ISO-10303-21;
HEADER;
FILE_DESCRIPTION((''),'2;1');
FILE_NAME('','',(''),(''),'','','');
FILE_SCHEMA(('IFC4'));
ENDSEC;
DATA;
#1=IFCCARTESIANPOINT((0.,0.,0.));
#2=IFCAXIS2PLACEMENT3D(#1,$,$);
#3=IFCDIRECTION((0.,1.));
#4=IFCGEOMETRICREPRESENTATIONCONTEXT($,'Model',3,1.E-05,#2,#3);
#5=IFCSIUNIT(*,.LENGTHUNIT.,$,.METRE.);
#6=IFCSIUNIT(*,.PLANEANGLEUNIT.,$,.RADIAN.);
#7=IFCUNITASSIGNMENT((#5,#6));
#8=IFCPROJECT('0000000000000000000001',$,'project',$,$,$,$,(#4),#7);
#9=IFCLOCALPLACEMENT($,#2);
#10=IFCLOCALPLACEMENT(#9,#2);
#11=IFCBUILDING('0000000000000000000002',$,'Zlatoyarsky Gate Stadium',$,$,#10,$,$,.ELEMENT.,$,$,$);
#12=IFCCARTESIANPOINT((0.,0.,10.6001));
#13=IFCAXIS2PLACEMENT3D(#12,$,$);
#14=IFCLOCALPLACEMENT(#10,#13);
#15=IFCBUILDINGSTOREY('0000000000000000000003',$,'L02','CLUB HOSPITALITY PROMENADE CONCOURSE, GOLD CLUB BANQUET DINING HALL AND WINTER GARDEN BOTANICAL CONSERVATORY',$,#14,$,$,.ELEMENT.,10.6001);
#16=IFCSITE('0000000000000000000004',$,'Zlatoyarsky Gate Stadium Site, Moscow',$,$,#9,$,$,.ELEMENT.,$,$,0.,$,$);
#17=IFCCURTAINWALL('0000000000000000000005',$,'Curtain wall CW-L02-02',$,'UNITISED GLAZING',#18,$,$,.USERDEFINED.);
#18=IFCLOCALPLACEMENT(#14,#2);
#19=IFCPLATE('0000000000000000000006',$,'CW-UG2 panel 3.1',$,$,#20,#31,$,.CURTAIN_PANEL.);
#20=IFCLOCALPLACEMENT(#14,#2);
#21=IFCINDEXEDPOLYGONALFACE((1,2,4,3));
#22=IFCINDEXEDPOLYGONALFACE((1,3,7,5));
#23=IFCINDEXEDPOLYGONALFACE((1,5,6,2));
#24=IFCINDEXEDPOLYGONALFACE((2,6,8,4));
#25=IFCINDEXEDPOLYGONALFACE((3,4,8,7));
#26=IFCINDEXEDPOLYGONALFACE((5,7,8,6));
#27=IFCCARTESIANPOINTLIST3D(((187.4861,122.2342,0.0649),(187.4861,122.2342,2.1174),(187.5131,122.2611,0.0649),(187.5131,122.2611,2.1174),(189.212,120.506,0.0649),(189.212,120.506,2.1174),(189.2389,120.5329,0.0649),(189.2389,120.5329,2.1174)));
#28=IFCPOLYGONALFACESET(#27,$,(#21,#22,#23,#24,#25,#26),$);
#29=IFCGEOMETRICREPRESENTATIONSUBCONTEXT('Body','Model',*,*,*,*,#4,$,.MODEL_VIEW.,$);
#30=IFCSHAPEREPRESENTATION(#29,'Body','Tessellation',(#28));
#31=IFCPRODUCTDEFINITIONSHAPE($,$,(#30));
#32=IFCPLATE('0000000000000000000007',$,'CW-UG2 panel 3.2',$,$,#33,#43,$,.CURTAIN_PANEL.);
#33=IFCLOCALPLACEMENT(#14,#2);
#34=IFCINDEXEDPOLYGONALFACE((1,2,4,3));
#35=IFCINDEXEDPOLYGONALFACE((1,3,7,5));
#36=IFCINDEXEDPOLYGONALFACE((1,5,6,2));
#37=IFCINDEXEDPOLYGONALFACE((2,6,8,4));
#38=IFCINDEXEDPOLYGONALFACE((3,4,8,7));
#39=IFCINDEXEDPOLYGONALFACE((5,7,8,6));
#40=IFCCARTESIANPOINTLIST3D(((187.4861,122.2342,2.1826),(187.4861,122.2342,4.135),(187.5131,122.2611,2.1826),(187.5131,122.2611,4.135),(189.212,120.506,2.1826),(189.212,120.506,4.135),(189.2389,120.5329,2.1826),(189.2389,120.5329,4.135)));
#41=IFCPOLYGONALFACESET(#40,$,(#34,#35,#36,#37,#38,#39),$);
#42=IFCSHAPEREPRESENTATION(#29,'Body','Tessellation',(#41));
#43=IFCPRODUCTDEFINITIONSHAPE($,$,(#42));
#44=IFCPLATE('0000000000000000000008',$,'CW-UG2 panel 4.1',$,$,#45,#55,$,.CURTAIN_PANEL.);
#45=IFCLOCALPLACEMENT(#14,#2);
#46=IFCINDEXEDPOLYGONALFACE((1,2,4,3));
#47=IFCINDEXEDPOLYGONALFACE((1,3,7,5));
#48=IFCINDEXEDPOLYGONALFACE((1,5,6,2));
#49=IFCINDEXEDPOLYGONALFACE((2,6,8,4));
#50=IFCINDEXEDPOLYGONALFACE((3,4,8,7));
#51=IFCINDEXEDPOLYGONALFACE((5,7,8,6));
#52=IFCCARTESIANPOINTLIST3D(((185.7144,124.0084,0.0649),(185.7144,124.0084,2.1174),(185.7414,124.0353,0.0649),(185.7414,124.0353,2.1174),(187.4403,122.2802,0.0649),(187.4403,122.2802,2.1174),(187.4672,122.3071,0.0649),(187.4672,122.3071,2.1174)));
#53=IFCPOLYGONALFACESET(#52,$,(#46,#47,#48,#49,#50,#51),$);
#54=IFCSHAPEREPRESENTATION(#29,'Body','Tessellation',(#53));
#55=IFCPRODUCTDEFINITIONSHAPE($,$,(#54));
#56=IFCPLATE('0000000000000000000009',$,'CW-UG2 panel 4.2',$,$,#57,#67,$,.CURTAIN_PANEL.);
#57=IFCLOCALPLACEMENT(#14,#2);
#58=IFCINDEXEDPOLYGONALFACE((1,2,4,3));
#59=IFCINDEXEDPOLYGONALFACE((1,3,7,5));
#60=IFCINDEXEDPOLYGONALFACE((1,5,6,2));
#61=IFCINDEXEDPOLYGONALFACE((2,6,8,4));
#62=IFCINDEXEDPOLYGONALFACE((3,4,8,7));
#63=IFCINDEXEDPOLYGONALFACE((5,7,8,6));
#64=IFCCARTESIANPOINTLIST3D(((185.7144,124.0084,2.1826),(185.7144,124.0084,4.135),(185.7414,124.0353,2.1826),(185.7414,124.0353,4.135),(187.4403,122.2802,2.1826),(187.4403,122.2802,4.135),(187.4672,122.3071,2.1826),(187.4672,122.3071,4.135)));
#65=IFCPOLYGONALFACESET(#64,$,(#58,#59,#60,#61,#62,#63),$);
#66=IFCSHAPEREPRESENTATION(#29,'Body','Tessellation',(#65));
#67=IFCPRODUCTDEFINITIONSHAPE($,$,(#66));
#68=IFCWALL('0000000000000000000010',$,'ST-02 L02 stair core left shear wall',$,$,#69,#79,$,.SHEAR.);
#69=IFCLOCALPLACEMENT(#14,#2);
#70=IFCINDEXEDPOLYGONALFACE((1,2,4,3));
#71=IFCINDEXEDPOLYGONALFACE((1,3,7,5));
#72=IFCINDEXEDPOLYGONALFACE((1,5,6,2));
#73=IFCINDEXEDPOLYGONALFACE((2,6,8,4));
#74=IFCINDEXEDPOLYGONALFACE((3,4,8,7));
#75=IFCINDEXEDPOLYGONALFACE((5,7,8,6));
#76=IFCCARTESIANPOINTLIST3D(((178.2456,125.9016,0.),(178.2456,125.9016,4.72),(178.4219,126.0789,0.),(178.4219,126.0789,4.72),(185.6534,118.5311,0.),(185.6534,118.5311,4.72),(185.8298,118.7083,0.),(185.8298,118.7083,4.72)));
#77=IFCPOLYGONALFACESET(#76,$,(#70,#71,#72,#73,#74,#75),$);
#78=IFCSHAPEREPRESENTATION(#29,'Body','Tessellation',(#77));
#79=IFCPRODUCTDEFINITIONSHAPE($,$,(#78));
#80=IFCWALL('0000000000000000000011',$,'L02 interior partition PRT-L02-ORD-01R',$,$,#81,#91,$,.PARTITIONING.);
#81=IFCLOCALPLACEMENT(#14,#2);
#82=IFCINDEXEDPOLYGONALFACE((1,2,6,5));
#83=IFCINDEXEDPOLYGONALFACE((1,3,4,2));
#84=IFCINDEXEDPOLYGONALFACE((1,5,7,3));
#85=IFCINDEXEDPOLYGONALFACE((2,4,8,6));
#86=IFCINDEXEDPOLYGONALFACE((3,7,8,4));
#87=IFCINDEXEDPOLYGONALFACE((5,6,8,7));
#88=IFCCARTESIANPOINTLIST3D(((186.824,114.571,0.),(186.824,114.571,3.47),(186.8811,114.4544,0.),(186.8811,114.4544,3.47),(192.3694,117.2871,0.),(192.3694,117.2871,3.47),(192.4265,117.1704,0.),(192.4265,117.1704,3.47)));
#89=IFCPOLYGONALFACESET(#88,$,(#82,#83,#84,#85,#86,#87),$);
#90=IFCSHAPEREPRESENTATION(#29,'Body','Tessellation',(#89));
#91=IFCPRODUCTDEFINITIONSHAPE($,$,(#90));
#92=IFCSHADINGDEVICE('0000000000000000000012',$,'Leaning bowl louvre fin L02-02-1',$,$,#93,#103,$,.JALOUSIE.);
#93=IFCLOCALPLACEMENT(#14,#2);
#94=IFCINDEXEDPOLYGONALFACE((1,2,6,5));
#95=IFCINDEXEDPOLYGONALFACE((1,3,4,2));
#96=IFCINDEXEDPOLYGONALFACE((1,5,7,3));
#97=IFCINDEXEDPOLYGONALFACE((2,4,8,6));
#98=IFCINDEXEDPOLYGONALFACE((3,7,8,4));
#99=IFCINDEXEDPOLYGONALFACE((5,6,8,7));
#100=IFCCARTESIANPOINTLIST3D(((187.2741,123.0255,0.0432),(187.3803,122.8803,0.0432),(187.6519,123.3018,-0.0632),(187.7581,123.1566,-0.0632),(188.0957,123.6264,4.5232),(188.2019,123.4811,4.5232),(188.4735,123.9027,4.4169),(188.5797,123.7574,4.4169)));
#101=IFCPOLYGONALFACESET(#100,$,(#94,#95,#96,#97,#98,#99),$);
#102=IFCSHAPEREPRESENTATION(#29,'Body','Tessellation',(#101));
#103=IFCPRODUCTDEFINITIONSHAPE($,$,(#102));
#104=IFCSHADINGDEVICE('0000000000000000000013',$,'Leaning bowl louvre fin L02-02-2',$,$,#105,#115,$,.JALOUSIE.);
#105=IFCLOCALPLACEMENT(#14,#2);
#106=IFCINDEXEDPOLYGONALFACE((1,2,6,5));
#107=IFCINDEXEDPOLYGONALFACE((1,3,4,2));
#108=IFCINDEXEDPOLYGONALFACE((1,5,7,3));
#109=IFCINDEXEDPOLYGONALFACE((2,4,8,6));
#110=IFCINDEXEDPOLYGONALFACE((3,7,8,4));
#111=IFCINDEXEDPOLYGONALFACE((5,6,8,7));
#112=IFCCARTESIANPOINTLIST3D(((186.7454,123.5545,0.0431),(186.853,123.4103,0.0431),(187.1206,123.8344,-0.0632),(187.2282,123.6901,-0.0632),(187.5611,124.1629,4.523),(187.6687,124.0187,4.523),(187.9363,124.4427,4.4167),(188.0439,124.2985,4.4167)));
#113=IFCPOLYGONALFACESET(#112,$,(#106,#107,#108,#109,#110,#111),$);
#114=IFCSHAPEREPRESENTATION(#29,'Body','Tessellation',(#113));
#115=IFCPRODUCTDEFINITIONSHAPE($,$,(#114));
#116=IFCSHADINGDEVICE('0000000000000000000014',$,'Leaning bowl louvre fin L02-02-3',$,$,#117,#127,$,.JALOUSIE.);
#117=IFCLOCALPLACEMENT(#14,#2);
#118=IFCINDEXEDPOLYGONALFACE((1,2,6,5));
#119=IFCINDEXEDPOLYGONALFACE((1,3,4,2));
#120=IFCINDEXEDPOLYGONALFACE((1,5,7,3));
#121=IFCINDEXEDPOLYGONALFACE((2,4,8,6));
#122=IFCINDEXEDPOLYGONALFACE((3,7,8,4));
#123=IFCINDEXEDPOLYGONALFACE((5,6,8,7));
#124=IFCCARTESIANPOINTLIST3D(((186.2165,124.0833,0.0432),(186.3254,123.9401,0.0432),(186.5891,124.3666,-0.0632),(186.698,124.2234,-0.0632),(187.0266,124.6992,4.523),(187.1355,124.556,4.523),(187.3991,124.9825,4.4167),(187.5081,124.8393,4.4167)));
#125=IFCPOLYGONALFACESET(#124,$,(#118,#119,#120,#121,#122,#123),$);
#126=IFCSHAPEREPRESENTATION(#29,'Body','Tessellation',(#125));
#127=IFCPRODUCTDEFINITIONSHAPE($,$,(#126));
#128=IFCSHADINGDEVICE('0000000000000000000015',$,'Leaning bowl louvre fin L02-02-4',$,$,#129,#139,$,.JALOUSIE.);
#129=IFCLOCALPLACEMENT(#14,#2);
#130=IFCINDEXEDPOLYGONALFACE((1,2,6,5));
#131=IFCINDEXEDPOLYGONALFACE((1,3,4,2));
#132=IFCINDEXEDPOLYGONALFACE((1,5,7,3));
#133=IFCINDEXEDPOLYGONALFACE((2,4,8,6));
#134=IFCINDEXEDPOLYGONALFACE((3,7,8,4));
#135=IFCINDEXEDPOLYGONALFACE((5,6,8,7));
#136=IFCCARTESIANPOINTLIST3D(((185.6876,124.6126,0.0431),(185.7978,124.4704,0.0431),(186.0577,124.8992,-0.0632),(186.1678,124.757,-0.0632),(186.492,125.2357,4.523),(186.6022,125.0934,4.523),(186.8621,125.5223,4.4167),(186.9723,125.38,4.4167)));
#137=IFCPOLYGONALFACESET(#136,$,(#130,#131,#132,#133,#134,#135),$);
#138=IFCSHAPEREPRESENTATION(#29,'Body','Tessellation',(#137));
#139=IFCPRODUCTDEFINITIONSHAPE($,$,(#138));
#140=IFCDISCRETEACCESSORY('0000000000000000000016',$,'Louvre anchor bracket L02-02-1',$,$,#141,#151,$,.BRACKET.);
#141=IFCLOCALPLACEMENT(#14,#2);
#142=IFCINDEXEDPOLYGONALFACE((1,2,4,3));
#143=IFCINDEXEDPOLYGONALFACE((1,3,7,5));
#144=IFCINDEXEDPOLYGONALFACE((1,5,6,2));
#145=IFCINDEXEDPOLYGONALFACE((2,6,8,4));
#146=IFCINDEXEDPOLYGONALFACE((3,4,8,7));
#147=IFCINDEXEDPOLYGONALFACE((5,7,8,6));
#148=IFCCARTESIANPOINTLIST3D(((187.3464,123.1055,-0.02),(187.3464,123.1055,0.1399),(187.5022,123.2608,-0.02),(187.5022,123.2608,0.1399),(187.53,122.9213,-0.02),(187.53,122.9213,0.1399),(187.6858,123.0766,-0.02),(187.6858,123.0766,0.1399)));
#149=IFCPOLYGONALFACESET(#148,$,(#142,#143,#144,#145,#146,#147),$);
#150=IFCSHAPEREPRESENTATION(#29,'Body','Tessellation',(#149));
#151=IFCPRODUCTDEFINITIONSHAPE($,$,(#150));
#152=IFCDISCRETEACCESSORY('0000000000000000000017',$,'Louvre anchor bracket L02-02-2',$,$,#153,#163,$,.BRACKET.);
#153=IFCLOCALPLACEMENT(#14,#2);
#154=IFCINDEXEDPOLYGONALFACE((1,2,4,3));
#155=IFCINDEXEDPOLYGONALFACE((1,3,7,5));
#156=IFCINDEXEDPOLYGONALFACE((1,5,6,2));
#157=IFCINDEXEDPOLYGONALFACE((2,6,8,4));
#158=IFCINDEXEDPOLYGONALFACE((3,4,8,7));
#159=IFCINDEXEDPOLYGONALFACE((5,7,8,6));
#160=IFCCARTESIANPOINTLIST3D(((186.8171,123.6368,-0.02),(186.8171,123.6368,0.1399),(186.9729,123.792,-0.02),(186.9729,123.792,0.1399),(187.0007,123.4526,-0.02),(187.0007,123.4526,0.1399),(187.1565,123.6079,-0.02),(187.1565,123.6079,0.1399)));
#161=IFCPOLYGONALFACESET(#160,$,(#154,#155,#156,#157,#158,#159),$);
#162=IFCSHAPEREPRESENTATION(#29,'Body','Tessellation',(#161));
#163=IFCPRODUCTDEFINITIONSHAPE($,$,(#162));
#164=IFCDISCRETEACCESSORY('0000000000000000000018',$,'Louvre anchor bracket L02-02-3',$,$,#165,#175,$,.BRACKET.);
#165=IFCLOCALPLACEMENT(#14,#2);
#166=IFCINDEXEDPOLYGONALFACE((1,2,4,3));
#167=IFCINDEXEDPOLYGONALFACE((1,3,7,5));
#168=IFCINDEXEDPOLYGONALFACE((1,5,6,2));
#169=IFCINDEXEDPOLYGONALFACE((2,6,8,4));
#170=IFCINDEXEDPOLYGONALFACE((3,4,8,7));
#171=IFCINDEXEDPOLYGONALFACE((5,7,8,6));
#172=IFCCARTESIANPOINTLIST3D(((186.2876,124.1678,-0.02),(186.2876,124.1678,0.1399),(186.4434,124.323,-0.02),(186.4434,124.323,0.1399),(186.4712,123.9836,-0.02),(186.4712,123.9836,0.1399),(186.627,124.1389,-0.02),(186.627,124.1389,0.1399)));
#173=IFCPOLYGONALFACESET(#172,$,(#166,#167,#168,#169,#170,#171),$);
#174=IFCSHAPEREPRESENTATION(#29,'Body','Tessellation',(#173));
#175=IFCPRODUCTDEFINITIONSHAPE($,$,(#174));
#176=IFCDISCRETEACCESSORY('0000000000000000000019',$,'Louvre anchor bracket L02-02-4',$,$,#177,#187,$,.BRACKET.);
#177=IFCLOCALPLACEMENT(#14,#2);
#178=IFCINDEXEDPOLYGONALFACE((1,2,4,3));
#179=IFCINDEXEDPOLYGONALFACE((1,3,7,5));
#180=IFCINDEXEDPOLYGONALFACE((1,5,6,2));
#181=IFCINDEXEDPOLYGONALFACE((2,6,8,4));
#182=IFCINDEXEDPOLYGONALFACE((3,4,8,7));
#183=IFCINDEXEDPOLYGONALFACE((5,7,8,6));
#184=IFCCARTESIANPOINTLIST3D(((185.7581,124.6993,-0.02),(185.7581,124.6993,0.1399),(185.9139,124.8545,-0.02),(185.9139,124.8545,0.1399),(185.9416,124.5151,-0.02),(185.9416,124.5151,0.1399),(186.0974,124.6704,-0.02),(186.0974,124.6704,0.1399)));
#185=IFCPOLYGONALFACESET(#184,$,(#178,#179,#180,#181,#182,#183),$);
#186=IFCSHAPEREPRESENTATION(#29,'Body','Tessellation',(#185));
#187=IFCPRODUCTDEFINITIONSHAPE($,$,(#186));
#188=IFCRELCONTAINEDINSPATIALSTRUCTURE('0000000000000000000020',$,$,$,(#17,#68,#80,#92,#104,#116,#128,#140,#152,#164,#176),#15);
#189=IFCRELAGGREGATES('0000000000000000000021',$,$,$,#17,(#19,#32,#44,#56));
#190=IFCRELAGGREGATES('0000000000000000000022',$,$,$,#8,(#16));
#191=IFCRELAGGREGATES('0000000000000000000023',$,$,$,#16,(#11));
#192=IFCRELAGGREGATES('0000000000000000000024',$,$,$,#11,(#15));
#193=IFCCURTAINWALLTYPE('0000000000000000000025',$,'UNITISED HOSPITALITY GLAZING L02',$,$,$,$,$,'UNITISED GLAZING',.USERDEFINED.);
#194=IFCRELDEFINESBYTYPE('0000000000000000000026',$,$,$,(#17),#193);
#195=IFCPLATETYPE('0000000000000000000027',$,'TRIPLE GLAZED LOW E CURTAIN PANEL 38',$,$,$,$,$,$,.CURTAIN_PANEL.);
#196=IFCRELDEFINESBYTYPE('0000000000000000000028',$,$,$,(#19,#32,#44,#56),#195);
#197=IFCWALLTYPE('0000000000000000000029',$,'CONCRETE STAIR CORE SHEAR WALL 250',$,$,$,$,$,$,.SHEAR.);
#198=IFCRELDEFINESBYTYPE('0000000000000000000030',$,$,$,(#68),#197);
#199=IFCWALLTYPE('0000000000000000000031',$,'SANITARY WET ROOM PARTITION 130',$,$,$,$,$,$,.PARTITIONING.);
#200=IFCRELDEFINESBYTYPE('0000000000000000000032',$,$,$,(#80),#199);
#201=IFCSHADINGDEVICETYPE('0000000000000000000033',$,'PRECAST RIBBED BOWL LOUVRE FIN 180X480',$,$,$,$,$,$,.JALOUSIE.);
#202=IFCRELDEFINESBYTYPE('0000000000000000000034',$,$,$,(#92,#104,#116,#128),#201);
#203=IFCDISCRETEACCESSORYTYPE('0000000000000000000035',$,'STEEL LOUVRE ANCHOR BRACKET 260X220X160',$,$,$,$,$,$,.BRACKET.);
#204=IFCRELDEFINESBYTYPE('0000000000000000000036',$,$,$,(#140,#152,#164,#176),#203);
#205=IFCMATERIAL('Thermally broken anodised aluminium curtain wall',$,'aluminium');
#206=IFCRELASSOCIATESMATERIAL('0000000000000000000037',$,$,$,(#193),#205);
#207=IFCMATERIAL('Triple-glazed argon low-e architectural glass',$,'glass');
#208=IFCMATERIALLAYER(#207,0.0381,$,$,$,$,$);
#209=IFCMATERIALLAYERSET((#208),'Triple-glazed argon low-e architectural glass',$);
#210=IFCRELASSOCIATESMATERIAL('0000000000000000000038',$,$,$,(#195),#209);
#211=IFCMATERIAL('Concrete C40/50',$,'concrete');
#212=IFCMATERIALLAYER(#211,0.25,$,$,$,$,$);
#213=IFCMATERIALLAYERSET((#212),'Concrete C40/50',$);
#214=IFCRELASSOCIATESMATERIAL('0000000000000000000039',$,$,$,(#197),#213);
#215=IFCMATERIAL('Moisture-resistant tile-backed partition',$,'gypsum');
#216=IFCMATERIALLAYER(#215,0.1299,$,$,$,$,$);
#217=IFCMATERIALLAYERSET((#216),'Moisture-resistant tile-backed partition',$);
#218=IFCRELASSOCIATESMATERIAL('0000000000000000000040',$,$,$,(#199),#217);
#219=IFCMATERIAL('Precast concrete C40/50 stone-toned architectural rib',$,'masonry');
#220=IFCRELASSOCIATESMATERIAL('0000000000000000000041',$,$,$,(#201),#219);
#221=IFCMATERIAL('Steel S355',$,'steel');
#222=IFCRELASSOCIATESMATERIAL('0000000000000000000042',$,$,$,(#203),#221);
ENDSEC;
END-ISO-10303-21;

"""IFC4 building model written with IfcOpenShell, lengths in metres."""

from ifc_helpers import new_model, si_unit, direction, frame, frame_2d, origin, origin_2d, place, context, subcontext, project, spatial, rectangle, extrude, material, layer, layer_set, material_profile, profile_set, type_object, element, aggregate, save


model = new_model("IFC4")

# Units and contexts
model_context = context("Model", 3, precision=1e-05, world=origin(), true_north=direction((0.0, 1.0)))
body_context = subcontext(model_context, "Body", "Model", "MODEL_VIEW")
ifc_project = project(units=[si_unit("LENGTHUNIT", "METRE"), si_unit("PLANEANGLEUNIT", "RADIAN")], contexts=[model_context])

# Site, building, storey
site_placement = place(None, origin())
site = spatial("IfcSite", under=ifc_project, at=site_placement, Name="Zlatoyarsky Gate Stadium Site, Moscow", CompositionType="ELEMENT", RefElevation=0.0)
building_placement = place(site_placement, origin())
building = spatial("IfcBuilding", under=site, at=building_placement, Name="Zlatoyarsky Gate Stadium", CompositionType="ELEMENT")
storey_placement = place(building_placement, frame((0.0, 0.0, 10.6001)))
storey = spatial("IfcBuildingStorey", under=building, at=storey_placement, Name="L02", Description="CLUB HOSPITALITY PROMENADE CONCOURSE, GOLD CLUB BANQUET DINING HALL AND WINTER GARDEN BOTANICAL CONSERVATORY", CompositionType="ELEMENT", Elevation=10.6001)

# Curtain wall
ifc_material_1 = material(Name="Thermally broken anodised aluminium curtain wall", Category="aluminium")
curtain_wall_type = type_object("IfcCurtainWallType", Name="UNITISED HOSPITALITY GLAZING L02", ElementType="UNITISED GLAZING", PredefinedType="USERDEFINED", material=ifc_material_1)
curtain_wall_placement = place(storey_placement, origin())
curtain_wall = element("IfcCurtainWall", 1, at=curtain_wall_placement, inside=storey, type_object=curtain_wall_type, Name="Curtain wall CW-L02-02", ObjectType="UNITISED GLAZING", PredefinedType="USERDEFINED")

# Shared definitions
ifc_material_2 = material(Name="Steel S355", Category="steel")

# Plates
ifc_material_3 = material(Name="Triple-glazed argon low-e architectural glass", Category="glass")
ifc_layer_1 = layer(ifc_material_3, 0.0381)
ifc_layer_set_1 = layer_set([ifc_layer_1], Name="Triple-glazed argon low-e architectural glass")
plate_type_1 = type_object("IfcPlateType", Name="TRIPLE GLAZED LOW E CURTAIN PANEL 38", PredefinedType="CURTAIN_PANEL", material=ifc_layer_set_1)
plate_1_placement = place(storey_placement, frame((188.3625, 121.3835, 0.0649), z_axis=(0.0, 0.0, 1.0), x_axis=(-0.706626, 0.707588, 0.0)))
plate_1 = element("IfcPlate", 2, at=plate_1_placement, type_object=plate_type_1, Name="CW-UG2 panel 3.1", PredefinedType="CURTAIN_PANEL", context=body_context, shape_type="SweptSolid", body=[
    extrude(rectangle(XDim=2.4424, YDim=0.0381, at=origin_2d()), origin(), (0.0, 0.0, 1.0), 2.0525),
])
plate_2_placement = place(storey_placement, frame((188.3625, 121.3835, 2.1826), z_axis=(0.0, 0.0, 1.0), x_axis=(-0.706626, 0.707588, 0.0)))
plate_2 = element("IfcPlate", 3, at=plate_2_placement, type_object=plate_type_1, Name="CW-UG2 panel 3.2", PredefinedType="CURTAIN_PANEL", context=body_context, shape_type="SweptSolid", body=[
    extrude(rectangle(XDim=2.4424, YDim=0.0381, at=origin_2d()), origin(), (0.0, 0.0, 1.0), 1.9524),
])
plate_3_placement = place(storey_placement, frame((186.5908, 123.1577, 0.0649), z_axis=(0.0, 0.0, 1.0), x_axis=(-0.706626, 0.707588, 0.0)))
plate_3 = element("IfcPlate", 4, at=plate_3_placement, type_object=plate_type_1, Name="CW-UG2 panel 4.1", PredefinedType="CURTAIN_PANEL", context=body_context, shape_type="SweptSolid", body=[
    extrude(rectangle(XDim=2.4424, YDim=0.0381, at=origin_2d()), origin(), (0.0, 0.0, 1.0), 2.0525),
])
plate_4_placement = place(storey_placement, frame((186.5908, 123.1577, 2.1826), z_axis=(0.0, 0.0, 1.0), x_axis=(-0.706626, 0.707588, 0.0)))
plate_4 = element("IfcPlate", 5, at=plate_4_placement, type_object=plate_type_1, Name="CW-UG2 panel 4.2", PredefinedType="CURTAIN_PANEL", context=body_context, shape_type="SweptSolid", body=[
    extrude(rectangle(XDim=2.4424, YDim=0.0381, at=origin_2d()), origin(), (0.0, 0.0, 1.0), 1.9524),
])
aggregate(curtain_wall, [plate_1, plate_2, plate_3, plate_4])

# Walls
ifc_material_4 = material(Name="Concrete C40/50", Category="concrete")
ifc_layer_2 = layer(ifc_material_4, 0.25)
ifc_layer_set_2 = layer_set([ifc_layer_2], Name="Concrete C40/50")
wall_type_1 = type_object("IfcWallType", Name="CONCRETE STAIR CORE SHEAR WALL 250", PredefinedType="SHEAR", material=ifc_layer_set_2)
wall_1_placement = place(storey_placement, frame((185.7417, 118.6196, 0.0), z_axis=(0.0, 0.0, 1.0), x_axis=(-0.708892, 0.705317, 0.0)))
element("IfcWall", 6, at=wall_1_placement, inside=storey, type_object=wall_type_1, Name="ST-02 L02 stair core left shear wall", PredefinedType="SHEAR", context=body_context, shape_type="SweptSolid", body=[
    extrude(rectangle(XDim=10.45, YDim=0.25, at=frame_2d((5.2251, 0.0))), origin(), (0.0, 0.0, 1.0), 4.72),
])
ifc_material_5 = material(Name="Moisture-resistant tile-backed partition", Category="gypsum")
ifc_layer_3 = layer(ifc_material_5, 0.1299)
ifc_layer_set_3 = layer_set([ifc_layer_3], Name="Moisture-resistant tile-backed partition")
wall_type_2 = type_object("IfcWallType", Name="SANITARY WET ROOM PARTITION 130", PredefinedType="PARTITIONING", material=ifc_layer_set_3)
wall_2_placement = place(storey_placement, frame((186.8525, 114.5127, 0.0), z_axis=(0.0, 0.0, 1.0), x_axis=(0.898066, 0.43986, 0.0)))
element("IfcWall", 7, at=wall_2_placement, inside=storey, type_object=wall_type_2, Name="L02 interior partition PRT-L02-ORD-01R", PredefinedType="PARTITIONING", context=body_context, shape_type="SweptSolid", body=[
    extrude(rectangle(XDim=6.1748, YDim=0.1299, at=frame_2d((3.0874, 0.0))), origin(), (0.0, 0.0, 1.0), 3.47),
])

# Shading devices
ifc_material_6 = material(Name="Precast concrete C40/50 stone-toned architectural rib", Category="masonry")
ifc_material_profile_1 = material_profile(ifc_material_6, rectangle(XDim=0.1799, YDim=0.48, at=origin_2d()), Name="RIB 180X480")
ifc_profile_set_1 = profile_set([ifc_material_profile_1], Name="Precast concrete C40/50 stone-toned architectural rib")
shading_device_type = type_object("IfcShadingDeviceType", Name="PRECAST RIBBED BOWL LOUVRE FIN 180X480", PredefinedType="JALOUSIE", material=ifc_profile_set_1)
shading_device_placement = place(storey_placement, frame((187.5161, 123.0911, -0.01), z_axis=(0.178822, 0.130782, 0.975151), x_axis=(-0.590323, 0.807167, 0.0)))
element("IfcShadingDevice", 8, at=shading_device_placement, inside=storey, type_object=shading_device_type, Name="Leaning bowl louvre fin L02-02-1", PredefinedType="JALOUSIE", context=body_context, shape_type="SweptSolid", body=[
    extrude(rectangle(XDim=0.1799, YDim=0.48, at=origin_2d()), origin(), (0.0, 0.0, 1.0), 4.5942),
])
for number, where, z_axis, x_axis, name in (
    (9, (186.9868, 123.6223, -0.01), (0.177548, 0.132431, 0.975161), (-0.597887, 0.801581, 0.0), "Leaning bowl louvre fin L02-02-2"),
    (10, (186.4573, 124.1533, -0.01), (0.176326, 0.134078, 0.975158), (-0.605284, 0.79601, 0.0), "Leaning bowl louvre fin L02-02-3"),
    (11, (185.9277, 124.6848, -0.01), (0.175104, 0.13562, 0.975164), (-0.612328, 0.790604, 0.0), "Leaning bowl louvre fin L02-02-4"),
):
    element("IfcShadingDevice", number, at=place(storey_placement, frame(where, z_axis=z_axis, x_axis=x_axis)), inside=storey, type_object=shading_device_type, Name=name, PredefinedType="JALOUSIE", context=body_context, shape_type="SweptSolid", body=[
        extrude(rectangle(XDim=0.1799, YDim=0.48, at=origin_2d()), origin(), (0.0, 0.0, 1.0), 4.594),
    ])

# Discrete accessories
discrete_accessory_type = type_object("IfcDiscreteAccessoryType", Name="STEEL LOUVRE ANCHOR BRACKET 260X220X160", PredefinedType="BRACKET", material=ifc_material_2)
for number, where, z_axis, x_axis, name in (
    (12, (187.5161, 123.0911, -0.02), (0.0, 0.0, 1.0), (-0.705937, 0.708274, 0.0), "Louvre anchor bracket L02-02-1"),
    (13, (186.9868, 123.6223, -0.02), (0.0, 0.0, 1.0), (-0.705937, 0.708274, 0.0), "Louvre anchor bracket L02-02-2"),
    (14, (186.4573, 124.1533, -0.02), (0.0, 0.0, 1.0), (-0.705937, 0.708274, 0.0), "Louvre anchor bracket L02-02-3"),
    (15, (185.9277, 124.6848, -0.02), (0.0, 0.0, 1.0), (-0.705937, 0.708274, 0.0), "Louvre anchor bracket L02-02-4"),
):
    element("IfcDiscreteAccessory", number, at=place(storey_placement, frame(where, z_axis=z_axis, x_axis=x_axis)), inside=storey, type_object=discrete_accessory_type, Name=name, PredefinedType="BRACKET", context=body_context, shape_type="SweptSolid", body=[
        extrude(rectangle(XDim=0.26, YDim=0.22, at=origin_2d()), origin(), (0.0, 0.0, 1.0), 0.1599),
    ])

save(model, "model.ifc")
